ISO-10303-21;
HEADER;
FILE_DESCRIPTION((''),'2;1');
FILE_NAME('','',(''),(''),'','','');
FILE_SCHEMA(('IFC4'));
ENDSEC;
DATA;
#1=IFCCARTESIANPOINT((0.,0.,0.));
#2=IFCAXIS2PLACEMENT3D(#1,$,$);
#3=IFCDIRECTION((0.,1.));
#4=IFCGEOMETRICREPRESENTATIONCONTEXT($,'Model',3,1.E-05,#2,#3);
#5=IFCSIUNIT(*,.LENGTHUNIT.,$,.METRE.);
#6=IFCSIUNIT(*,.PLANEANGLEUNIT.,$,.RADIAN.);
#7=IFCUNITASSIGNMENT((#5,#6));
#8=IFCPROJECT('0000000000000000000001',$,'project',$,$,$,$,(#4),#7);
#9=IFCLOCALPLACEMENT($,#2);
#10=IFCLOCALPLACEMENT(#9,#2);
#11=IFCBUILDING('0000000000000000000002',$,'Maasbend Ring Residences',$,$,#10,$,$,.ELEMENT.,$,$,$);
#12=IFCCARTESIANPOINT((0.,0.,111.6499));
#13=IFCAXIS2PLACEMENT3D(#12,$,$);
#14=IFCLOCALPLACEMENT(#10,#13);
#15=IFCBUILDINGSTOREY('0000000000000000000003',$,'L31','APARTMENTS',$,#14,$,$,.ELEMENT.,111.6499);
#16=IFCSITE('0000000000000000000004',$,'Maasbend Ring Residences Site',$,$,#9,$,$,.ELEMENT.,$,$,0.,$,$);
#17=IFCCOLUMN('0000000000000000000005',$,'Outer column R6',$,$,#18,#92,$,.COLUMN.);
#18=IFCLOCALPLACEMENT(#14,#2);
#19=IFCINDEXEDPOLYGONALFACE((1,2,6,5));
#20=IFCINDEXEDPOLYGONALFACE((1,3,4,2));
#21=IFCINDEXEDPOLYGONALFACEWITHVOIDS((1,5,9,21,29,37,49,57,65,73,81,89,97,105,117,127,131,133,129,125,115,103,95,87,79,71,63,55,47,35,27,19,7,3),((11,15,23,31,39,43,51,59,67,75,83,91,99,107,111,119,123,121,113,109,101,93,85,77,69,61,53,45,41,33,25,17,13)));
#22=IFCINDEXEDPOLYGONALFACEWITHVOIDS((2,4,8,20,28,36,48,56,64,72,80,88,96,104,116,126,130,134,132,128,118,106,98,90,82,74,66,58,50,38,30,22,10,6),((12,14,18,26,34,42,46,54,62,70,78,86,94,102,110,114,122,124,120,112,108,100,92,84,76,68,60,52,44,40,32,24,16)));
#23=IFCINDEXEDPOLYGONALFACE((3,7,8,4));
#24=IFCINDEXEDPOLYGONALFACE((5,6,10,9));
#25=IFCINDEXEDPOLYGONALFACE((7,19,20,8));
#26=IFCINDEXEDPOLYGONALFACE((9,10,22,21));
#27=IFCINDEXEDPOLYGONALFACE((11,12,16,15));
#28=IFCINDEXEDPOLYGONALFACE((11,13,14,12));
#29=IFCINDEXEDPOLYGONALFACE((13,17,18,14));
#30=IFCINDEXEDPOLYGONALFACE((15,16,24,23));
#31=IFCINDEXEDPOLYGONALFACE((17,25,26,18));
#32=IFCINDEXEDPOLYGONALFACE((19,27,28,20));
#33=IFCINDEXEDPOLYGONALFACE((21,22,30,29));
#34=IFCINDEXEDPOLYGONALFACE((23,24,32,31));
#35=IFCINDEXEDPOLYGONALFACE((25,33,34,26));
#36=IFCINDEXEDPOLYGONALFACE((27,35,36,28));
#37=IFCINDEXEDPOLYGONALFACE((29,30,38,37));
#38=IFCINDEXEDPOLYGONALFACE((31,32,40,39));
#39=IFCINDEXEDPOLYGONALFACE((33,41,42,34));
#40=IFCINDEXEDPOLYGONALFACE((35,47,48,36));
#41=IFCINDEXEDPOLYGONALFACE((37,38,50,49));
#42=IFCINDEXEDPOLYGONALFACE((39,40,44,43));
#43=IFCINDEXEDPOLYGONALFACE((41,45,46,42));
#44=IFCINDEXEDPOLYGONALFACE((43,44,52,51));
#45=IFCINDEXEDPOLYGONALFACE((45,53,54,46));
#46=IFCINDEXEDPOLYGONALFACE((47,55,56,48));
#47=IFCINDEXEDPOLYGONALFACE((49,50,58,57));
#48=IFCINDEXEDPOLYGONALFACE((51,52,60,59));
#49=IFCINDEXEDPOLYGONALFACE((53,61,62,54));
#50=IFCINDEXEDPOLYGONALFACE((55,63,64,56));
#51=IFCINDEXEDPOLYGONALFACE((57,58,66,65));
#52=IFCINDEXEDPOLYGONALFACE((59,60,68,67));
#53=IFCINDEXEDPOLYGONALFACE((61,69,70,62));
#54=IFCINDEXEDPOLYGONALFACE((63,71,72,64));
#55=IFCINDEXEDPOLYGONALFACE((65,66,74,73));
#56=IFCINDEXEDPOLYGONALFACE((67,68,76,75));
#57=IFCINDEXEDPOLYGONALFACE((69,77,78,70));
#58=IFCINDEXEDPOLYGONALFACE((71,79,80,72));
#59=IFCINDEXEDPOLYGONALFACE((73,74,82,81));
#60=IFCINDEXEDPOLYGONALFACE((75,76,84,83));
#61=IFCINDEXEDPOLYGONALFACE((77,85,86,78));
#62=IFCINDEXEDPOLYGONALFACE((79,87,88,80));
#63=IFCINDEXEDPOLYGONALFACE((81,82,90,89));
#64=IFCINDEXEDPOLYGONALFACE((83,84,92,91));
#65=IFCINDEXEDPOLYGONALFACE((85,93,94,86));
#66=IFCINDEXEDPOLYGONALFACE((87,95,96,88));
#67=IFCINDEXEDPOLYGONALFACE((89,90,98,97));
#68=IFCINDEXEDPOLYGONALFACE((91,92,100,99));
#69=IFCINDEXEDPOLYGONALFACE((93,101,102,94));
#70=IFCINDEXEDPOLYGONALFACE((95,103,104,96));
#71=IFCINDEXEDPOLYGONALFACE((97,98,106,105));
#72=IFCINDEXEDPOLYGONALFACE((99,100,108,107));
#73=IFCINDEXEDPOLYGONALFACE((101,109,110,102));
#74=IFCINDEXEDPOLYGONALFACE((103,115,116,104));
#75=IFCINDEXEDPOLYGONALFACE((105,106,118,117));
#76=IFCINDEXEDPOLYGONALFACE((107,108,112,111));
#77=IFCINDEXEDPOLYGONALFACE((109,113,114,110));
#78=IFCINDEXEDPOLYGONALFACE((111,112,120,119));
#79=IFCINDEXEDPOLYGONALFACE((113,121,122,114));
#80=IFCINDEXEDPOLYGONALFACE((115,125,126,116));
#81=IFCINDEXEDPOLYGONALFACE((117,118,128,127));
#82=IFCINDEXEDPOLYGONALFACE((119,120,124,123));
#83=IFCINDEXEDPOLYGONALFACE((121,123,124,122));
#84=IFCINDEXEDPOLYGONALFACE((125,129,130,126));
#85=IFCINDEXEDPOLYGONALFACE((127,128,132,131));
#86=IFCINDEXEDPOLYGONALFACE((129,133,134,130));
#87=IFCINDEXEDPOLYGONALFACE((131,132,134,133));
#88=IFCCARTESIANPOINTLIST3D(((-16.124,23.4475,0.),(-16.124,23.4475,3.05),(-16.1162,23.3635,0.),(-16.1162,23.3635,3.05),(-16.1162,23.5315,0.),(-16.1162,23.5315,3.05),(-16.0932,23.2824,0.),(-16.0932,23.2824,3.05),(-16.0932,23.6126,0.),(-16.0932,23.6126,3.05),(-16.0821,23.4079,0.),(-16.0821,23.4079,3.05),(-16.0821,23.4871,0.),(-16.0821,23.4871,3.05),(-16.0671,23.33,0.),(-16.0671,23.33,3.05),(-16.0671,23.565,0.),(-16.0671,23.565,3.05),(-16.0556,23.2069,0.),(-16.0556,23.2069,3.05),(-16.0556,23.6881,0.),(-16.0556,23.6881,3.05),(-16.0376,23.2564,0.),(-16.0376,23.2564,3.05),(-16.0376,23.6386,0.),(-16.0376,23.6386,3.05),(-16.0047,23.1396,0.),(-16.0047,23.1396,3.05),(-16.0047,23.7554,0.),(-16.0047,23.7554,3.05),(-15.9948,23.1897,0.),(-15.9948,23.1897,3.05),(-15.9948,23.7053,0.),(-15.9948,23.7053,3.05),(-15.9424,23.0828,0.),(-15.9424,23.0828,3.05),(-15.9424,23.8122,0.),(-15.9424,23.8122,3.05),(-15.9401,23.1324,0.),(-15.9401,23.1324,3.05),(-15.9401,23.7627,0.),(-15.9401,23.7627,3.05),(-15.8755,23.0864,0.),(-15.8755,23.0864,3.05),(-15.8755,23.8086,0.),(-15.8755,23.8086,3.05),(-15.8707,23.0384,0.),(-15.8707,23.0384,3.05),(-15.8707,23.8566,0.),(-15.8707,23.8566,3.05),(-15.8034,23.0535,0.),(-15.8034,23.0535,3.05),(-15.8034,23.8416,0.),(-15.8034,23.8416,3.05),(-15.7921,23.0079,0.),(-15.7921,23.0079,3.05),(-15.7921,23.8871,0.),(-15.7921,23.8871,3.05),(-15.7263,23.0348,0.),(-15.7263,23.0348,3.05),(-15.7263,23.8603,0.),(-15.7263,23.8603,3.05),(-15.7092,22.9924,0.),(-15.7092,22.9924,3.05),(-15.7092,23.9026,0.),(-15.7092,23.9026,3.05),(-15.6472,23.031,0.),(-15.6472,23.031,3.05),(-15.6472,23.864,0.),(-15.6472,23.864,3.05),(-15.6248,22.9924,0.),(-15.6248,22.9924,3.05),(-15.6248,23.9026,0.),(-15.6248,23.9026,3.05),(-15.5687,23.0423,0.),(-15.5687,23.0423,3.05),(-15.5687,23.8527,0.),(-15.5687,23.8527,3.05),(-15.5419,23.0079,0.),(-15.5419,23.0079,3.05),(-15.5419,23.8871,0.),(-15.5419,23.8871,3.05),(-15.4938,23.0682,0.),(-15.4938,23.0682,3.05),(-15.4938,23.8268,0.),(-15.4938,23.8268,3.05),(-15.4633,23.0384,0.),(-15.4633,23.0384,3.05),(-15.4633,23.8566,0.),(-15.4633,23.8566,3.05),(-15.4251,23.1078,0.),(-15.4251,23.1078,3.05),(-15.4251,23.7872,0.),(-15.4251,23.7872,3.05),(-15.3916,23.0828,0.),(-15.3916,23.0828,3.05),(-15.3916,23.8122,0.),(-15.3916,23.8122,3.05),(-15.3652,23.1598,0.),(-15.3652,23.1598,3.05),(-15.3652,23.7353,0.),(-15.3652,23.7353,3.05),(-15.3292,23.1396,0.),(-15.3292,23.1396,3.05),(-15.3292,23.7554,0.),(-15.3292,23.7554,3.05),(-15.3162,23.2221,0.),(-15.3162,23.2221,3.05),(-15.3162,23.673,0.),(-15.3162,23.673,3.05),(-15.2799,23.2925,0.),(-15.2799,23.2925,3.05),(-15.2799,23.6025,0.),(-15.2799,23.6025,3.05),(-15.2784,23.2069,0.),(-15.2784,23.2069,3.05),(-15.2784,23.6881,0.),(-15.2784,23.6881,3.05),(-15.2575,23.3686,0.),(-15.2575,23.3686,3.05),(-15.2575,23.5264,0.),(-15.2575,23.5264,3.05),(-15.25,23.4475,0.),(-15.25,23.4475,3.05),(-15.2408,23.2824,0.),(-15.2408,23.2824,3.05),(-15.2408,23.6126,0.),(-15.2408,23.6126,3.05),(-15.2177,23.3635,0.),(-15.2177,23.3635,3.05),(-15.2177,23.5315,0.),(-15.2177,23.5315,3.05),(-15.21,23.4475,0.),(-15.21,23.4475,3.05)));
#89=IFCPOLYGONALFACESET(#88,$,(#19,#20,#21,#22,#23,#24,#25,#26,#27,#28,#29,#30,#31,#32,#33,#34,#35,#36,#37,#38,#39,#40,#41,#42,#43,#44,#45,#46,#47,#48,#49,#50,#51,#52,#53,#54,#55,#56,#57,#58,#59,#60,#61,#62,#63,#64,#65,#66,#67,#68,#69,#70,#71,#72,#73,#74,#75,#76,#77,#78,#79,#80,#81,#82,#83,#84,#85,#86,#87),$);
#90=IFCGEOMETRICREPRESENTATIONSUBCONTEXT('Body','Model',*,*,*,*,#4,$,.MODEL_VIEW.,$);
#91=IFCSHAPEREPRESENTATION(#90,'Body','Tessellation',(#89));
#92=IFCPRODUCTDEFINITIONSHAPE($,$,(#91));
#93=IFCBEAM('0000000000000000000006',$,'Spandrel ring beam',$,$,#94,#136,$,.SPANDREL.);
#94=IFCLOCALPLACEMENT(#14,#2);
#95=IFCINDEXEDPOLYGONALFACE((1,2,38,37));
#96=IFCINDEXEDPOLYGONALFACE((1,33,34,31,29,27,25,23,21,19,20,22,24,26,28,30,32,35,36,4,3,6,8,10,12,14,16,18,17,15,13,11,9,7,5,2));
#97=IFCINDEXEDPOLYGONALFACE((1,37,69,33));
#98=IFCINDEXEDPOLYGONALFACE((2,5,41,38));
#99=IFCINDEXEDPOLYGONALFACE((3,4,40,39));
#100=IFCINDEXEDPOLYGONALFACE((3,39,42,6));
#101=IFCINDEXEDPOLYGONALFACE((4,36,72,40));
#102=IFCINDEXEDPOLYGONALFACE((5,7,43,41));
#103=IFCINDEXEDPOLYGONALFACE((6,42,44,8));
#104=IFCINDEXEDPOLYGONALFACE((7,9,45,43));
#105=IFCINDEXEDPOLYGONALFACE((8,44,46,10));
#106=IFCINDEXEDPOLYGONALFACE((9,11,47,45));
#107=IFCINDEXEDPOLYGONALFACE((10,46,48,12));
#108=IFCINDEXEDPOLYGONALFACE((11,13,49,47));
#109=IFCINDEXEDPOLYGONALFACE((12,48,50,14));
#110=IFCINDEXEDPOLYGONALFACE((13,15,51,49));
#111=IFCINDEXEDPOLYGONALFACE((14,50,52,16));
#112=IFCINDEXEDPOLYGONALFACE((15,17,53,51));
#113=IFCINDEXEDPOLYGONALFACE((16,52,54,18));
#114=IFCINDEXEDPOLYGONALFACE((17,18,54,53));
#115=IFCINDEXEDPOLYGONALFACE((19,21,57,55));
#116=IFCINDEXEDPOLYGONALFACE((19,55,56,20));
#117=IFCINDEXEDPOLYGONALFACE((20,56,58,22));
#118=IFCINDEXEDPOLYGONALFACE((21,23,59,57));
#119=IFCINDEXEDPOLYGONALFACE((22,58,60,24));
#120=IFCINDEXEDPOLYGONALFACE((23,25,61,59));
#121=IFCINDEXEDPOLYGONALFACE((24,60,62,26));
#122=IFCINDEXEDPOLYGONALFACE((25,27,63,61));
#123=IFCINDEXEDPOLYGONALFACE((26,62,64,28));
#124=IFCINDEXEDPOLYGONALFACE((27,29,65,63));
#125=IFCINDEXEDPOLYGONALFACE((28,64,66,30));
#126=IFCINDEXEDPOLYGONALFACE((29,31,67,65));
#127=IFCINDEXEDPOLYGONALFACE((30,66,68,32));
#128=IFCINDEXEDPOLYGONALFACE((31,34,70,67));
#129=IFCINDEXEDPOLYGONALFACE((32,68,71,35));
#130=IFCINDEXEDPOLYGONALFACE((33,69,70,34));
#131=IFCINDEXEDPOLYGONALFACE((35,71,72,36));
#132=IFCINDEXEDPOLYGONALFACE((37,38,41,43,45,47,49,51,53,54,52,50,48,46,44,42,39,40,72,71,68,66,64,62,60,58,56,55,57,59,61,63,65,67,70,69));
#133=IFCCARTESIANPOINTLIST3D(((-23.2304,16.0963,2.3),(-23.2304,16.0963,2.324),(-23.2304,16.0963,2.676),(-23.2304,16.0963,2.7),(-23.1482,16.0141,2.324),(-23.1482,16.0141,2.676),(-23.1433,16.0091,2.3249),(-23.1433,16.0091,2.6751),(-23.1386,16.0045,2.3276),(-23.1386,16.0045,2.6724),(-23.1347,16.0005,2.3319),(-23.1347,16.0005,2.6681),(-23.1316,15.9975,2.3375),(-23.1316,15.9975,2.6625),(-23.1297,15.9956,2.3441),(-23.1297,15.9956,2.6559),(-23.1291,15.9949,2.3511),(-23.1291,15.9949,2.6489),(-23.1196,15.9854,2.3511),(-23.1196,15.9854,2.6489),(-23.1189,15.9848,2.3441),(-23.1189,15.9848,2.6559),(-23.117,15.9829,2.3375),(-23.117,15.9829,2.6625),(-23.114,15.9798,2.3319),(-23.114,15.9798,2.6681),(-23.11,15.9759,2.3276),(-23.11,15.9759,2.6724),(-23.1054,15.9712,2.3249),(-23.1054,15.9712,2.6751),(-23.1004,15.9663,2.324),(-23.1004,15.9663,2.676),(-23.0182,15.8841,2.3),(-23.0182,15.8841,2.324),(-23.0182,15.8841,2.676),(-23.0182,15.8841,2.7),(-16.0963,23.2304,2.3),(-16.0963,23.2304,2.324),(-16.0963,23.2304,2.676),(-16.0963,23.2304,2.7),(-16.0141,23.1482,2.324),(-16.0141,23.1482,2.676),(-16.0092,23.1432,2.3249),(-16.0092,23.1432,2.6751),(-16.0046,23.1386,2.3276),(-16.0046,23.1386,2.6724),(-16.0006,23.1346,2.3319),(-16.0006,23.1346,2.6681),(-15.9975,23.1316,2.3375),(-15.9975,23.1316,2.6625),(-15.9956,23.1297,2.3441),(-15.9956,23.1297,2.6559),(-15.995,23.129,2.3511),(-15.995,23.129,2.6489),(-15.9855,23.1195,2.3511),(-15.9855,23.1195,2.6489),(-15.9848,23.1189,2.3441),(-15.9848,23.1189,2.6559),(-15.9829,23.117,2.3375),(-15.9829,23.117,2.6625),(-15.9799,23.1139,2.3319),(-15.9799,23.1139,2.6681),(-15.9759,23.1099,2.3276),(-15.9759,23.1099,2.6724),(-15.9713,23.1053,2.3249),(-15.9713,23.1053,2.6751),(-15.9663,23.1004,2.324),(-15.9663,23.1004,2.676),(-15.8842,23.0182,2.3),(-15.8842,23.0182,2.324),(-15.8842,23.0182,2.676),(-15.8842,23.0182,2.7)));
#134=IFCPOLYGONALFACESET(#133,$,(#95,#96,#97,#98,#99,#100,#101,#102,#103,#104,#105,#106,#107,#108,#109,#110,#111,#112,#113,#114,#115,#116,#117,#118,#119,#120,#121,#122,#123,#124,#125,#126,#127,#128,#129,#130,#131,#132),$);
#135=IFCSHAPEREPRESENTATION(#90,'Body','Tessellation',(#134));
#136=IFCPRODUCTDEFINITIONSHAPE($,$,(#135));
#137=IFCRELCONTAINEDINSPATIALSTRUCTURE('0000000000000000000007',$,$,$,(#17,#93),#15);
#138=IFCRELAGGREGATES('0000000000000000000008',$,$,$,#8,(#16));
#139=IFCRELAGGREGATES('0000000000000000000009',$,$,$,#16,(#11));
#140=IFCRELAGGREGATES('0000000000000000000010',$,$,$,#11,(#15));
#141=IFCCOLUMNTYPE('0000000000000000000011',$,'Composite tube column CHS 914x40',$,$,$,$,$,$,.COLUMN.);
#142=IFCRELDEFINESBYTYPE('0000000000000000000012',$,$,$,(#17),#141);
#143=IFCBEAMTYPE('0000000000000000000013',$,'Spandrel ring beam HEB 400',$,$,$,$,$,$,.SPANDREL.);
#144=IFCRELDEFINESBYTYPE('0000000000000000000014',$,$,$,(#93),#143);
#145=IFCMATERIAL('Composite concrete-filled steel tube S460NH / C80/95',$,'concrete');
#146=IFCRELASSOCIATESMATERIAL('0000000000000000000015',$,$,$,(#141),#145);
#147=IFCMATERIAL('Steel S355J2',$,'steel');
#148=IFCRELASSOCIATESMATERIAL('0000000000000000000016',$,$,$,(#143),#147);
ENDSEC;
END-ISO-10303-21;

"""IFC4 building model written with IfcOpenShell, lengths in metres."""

from ifc_helpers import new_model, si_unit, direction, frame, origin, origin_2d, place, context, subcontext, project, spatial, hollow_circle, i_section, extrude, material, material_profile, profile_set, type_object, element, save


model = new_model("IFC4")

# Units and contexts
model_context = context("Model", 3, precision=1e-05, world=origin(), true_north=direction((0.0, 1.0)))
body_context = subcontext(model_context, "Body", "Model", "MODEL_VIEW")
ifc_project = project(units=[si_unit("LENGTHUNIT", "METRE"), si_unit("PLANEANGLEUNIT", "RADIAN")], contexts=[model_context])

# Site, building, storey
site_placement = place(None, origin())
site = spatial("IfcSite", under=ifc_project, at=site_placement, Name="Maasbend Ring Residences Site", CompositionType="ELEMENT", RefElevation=0.0)
building_placement = place(site_placement, origin())
building = spatial("IfcBuilding", under=site, at=building_placement, Name="Maasbend Ring Residences", CompositionType="ELEMENT")
storey_placement = place(building_placement, frame((0.0, 0.0, 111.6499)))
storey = spatial("IfcBuildingStorey", under=building, at=storey_placement, Name="L31", Description="APARTMENTS", CompositionType="ELEMENT", Elevation=111.6499)

# Column
ifc_material_1 = material(Name="Composite concrete-filled steel tube S460NH / C80/95", Category="concrete")
ifc_material_profile_1 = material_profile(ifc_material_1, hollow_circle(Radius=0.457, WallThickness=0.04, at=origin_2d()), Name="Composite tube column CHS 914x40")
ifc_profile_set_1 = profile_set([ifc_material_profile_1], Name="Composite concrete-filled steel tube S460NH / C80/95")
column_type = type_object("IfcColumnType", Name="Composite tube column CHS 914x40", PredefinedType="COLUMN", material=ifc_profile_set_1)
column_placement = place(storey_placement, frame((-15.667, 23.4475, 0.0), z_axis=(0.0, 0.0, 1.0), x_axis=(1.0, 0.0, 0.0)))
element("IfcColumn", 1, at=column_placement, inside=storey, type_object=column_type, Name="Outer column R6", PredefinedType="COLUMN", context=body_context, shape_type="SweptSolid", body=[
    extrude(hollow_circle(Radius=0.457, WallThickness=0.04, at=origin_2d()), origin(), (0.0, 0.0, 1.0), 3.05),
])

# Beam
ifc_material_2 = material(Name="Steel S355J2", Category="steel")
ifc_material_profile_2 = material_profile(ifc_material_2, i_section(OverallWidth=0.3, OverallDepth=0.3999, WebThickness=0.0134, FlangeThickness=0.0239, FilletRadius=0.0271, at=origin_2d()), Name="HEB 400")
ifc_profile_set_2 = profile_set([ifc_material_profile_2], Name="Steel S355J2")
beam_type = type_object("IfcBeamType", Name="Spandrel ring beam HEB 400", PredefinedType="SPANDREL", material=ifc_profile_set_2)
beam_placement = place(storey_placement, frame((-15.9902, 23.1243, 2.5), z_axis=(-0.707107, -0.707107, 0.0), x_axis=(0.707107, -0.707107, 0.0)))
element("IfcBeam", 2, at=beam_placement, inside=storey, type_object=beam_type, Name="Spandrel ring beam", PredefinedType="SPANDREL", context=body_context, shape_type="SweptSolid", body=[
    extrude(i_section(OverallWidth=0.3, OverallDepth=0.3999, WebThickness=0.0134, FlangeThickness=0.0239, FilletRadius=0.0271, at=origin_2d()), origin(), (0.0, 0.0, 1.0), 10.0891),
])

save(model, "model.ifc")
